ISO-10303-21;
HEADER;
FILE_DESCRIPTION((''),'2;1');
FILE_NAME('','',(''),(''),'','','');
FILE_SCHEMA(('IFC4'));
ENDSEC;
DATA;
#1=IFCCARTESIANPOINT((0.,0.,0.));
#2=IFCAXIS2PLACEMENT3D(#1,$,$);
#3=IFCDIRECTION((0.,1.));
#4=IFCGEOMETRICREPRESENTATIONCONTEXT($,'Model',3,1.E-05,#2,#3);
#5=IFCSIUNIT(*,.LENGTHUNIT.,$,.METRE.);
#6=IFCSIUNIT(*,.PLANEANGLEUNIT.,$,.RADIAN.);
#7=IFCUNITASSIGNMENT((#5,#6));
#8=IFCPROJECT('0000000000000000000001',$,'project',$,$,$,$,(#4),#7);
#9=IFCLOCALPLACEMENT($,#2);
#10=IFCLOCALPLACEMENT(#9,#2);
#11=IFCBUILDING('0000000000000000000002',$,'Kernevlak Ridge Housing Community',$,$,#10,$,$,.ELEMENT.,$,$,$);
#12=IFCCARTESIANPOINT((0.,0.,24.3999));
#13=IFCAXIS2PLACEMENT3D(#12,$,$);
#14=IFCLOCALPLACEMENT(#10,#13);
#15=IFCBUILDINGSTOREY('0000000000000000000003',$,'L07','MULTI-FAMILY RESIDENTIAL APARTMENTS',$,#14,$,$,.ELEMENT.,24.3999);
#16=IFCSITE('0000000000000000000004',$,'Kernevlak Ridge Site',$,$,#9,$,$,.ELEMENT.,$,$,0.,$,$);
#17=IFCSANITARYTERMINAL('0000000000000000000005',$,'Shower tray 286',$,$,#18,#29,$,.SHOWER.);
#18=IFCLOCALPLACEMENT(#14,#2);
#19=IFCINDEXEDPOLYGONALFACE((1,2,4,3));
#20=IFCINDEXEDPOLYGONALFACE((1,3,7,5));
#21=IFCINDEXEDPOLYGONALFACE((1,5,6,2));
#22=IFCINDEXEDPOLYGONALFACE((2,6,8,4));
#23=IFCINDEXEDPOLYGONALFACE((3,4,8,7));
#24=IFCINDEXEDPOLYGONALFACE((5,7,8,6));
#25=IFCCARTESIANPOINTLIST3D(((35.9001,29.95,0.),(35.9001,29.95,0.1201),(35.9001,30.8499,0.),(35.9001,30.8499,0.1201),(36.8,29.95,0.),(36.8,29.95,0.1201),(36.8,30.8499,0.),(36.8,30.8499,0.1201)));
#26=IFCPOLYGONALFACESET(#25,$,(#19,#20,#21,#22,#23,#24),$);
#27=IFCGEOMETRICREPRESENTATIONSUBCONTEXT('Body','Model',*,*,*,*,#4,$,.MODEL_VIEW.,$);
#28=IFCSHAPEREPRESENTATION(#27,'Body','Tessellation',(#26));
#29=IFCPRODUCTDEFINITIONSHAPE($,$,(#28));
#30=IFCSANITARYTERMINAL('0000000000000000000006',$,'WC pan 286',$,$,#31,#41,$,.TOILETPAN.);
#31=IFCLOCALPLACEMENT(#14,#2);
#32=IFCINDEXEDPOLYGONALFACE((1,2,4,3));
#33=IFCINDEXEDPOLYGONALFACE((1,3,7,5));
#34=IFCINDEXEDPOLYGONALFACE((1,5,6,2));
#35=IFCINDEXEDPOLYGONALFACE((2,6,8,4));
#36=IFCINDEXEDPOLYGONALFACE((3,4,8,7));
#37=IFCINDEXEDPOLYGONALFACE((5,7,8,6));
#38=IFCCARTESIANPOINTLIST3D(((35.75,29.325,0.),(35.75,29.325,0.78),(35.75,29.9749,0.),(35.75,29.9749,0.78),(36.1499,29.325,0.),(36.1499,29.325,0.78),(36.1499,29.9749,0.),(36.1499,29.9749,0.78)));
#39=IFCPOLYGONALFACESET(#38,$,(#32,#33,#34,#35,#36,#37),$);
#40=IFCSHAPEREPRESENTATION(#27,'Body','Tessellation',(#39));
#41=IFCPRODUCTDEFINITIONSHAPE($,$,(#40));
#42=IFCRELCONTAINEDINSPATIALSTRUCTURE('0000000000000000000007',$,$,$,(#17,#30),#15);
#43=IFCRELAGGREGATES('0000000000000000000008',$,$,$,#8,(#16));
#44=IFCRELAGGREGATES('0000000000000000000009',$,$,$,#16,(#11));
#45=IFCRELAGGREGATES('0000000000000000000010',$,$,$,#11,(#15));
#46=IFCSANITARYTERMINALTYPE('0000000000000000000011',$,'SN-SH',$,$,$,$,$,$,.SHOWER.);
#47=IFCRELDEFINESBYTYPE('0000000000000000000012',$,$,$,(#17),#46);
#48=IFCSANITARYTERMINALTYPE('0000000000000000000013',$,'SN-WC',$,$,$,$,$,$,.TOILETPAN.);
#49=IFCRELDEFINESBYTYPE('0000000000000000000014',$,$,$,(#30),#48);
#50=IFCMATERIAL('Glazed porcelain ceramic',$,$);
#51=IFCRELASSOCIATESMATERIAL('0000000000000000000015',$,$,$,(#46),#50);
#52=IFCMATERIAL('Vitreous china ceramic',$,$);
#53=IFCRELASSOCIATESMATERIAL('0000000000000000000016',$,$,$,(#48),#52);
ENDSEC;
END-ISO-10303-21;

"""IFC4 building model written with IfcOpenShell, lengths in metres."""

from ifc_helpers import new_model, si_unit, direction, frame, origin, origin_2d, place, context, subcontext, project, spatial, rectangle, extrude, material, type_object, element, save


model = new_model("IFC4")

# Units and contexts
model_context = context("Model", 3, precision=1e-05, world=origin(), true_north=direction((0.0, 1.0)))
body_context = subcontext(model_context, "Body", "Model", "MODEL_VIEW")
ifc_project = project(units=[si_unit("LENGTHUNIT", "METRE"), si_unit("PLANEANGLEUNIT", "RADIAN")], contexts=[model_context])

# Site, building, storey
site_placement = place(None, origin())
site = spatial("IfcSite", under=ifc_project, at=site_placement, Name="Kernevlak Ridge Site", CompositionType="ELEMENT", RefElevation=0.0)
building_placement = place(site_placement, origin())
building = spatial("IfcBuilding", under=site, at=building_placement, Name="Kernevlak Ridge Housing Community", CompositionType="ELEMENT")
storey_placement = place(building_placement, frame((0.0, 0.0, 24.3999)))
storey = spatial("IfcBuildingStorey", under=building, at=storey_placement, Name="L07", Description="MULTI-FAMILY RESIDENTIAL APARTMENTS", CompositionType="ELEMENT", Elevation=24.3999)

# Sanitary terminals
ifc_material_1 = material(Name="Vitreous china ceramic")
ifc_material_2 = material(Name="Glazed porcelain ceramic")
sanitary_terminal_type_1 = type_object("IfcSanitaryTerminalType", Name="SN-SH", PredefinedType="SHOWER", material=ifc_material_2)
sanitary_terminal_1_placement = place(storey_placement, frame((36.3501, 30.3999, 0.0), z_axis=(0.0, 0.0, 1.0), x_axis=(1.0, 0.0, 0.0)))
element("IfcSanitaryTerminal", 1, at=sanitary_terminal_1_placement, inside=storey, type_object=sanitary_terminal_type_1, Name="Shower tray 286", PredefinedType="SHOWER", context=body_context, shape_type="SweptSolid", body=[
    extrude(rectangle(XDim=0.8999, YDim=0.8999, at=origin_2d()), origin(), (0.0, 0.0, 1.0), 0.1201),
])
sanitary_terminal_type_2 = type_object("IfcSanitaryTerminalType", Name="SN-WC", PredefinedType="TOILETPAN", material=ifc_material_1)
sanitary_terminal_2_placement = place(storey_placement, frame((35.95, 29.6499, 0.0), z_axis=(0.0, 0.0, 1.0), x_axis=(1.0, 0.0, 0.0)))
element("IfcSanitaryTerminal", 2, at=sanitary_terminal_2_placement, inside=storey, type_object=sanitary_terminal_type_2, Name="WC pan 286", PredefinedType="TOILETPAN", context=body_context, shape_type="SweptSolid", body=[
    extrude(rectangle(XDim=0.3999, YDim=0.6499, at=origin_2d()), origin(), (0.0, 0.0, 1.0), 0.78),
])

save(model, "model.ifc")
